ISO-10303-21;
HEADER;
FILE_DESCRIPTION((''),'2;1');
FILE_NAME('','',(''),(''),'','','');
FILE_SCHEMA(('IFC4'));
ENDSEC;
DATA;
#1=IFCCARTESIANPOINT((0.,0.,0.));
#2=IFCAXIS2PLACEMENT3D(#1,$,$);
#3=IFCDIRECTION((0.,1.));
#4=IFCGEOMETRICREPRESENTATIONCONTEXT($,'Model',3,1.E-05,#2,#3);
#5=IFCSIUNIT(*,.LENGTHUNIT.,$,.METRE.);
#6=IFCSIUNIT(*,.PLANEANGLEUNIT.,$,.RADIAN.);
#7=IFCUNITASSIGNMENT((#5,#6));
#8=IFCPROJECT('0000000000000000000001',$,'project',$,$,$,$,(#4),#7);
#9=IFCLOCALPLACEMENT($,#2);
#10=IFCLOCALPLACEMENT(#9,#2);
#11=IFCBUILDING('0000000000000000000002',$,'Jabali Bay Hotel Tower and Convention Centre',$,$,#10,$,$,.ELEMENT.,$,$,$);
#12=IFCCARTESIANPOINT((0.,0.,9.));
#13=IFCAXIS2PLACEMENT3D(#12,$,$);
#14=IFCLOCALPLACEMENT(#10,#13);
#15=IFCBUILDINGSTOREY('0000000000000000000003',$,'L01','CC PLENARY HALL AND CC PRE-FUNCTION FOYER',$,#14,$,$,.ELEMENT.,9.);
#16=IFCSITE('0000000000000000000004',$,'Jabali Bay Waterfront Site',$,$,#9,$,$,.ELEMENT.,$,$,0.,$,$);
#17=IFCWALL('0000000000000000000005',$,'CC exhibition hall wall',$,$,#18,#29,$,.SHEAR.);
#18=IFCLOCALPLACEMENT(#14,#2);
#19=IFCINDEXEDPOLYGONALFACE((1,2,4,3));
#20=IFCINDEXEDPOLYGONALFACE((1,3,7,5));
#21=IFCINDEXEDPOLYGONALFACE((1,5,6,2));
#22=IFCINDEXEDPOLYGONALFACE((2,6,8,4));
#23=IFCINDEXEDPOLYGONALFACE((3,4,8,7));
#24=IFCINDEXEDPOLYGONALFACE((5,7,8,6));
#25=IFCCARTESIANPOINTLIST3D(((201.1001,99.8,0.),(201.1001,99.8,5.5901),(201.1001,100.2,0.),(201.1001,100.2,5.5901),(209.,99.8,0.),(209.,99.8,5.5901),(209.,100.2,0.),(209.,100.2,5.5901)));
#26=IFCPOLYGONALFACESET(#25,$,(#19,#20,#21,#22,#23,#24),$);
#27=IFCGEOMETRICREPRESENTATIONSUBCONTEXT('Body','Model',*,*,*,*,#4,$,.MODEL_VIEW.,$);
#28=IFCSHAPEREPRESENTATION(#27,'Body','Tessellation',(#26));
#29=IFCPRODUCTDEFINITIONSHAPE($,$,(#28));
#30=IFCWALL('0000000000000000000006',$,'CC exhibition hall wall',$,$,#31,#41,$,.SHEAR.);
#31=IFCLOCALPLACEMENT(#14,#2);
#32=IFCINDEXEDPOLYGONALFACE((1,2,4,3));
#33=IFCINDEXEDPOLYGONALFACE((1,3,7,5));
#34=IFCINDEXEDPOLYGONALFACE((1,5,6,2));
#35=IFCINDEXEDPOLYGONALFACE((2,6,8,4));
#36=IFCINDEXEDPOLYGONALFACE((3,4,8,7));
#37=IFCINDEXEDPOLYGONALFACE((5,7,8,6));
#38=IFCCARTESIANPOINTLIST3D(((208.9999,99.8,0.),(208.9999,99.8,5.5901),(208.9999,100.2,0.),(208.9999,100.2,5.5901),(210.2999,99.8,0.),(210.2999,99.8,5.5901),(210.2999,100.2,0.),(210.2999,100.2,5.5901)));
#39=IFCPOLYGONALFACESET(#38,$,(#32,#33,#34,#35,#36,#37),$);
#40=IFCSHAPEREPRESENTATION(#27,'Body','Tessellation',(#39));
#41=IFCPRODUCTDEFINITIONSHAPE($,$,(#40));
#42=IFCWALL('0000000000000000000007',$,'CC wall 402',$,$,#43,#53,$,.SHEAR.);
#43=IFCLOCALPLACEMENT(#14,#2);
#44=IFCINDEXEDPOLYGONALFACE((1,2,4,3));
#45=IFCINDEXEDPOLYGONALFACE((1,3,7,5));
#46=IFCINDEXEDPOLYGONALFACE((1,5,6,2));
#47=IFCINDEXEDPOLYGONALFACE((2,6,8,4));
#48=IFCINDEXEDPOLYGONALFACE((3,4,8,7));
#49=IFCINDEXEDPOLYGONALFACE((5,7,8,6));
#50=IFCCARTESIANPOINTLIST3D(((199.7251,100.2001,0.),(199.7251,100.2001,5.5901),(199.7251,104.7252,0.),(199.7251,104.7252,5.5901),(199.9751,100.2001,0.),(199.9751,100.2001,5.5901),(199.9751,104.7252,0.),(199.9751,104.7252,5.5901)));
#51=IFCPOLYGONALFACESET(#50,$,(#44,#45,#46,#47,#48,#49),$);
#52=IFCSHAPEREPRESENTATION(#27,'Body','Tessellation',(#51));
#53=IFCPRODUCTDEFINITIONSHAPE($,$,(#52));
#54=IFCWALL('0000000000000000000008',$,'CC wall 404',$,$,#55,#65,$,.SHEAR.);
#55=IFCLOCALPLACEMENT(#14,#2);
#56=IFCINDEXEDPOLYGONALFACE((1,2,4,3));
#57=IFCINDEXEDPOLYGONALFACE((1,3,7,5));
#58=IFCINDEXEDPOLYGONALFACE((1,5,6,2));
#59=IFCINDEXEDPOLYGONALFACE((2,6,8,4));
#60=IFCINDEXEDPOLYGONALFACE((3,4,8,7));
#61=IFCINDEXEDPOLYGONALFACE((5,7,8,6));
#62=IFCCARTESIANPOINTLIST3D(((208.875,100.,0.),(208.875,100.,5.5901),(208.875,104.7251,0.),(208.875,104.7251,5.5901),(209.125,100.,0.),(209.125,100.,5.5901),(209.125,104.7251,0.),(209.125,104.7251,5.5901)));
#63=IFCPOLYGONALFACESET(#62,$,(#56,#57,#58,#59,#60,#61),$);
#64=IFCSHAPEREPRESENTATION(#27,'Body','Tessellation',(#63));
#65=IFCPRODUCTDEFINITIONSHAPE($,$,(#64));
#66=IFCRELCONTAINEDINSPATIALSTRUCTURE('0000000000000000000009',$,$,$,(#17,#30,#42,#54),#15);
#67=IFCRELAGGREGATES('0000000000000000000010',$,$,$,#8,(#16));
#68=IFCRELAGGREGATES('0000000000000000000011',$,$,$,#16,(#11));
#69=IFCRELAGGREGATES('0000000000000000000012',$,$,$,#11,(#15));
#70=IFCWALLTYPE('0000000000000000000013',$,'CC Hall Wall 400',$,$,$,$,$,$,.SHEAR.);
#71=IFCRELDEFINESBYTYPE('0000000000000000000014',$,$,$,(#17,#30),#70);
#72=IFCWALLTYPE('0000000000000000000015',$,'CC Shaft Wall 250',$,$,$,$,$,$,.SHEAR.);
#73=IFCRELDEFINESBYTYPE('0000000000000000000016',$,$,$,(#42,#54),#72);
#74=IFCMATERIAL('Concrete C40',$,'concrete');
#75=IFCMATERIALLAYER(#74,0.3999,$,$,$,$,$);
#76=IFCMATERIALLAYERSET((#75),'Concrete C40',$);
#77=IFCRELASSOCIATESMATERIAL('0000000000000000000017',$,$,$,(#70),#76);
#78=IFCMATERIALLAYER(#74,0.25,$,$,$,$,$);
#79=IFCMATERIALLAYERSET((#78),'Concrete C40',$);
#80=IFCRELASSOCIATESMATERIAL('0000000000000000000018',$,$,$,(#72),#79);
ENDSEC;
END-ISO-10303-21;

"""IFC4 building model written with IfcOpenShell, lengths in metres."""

from ifc_helpers import new_model, si_unit, direction, frame, frame_2d, origin, place, context, subcontext, project, spatial, rectangle, extrude, material, layer, layer_set, type_object, element, save


model = new_model("IFC4")

# Units and contexts
model_context = context("Model", 3, precision=1e-05, world=origin(), true_north=direction((0.0, 1.0)))
body_context = subcontext(model_context, "Body", "Model", "MODEL_VIEW")
ifc_project = project(units=[si_unit("LENGTHUNIT", "METRE"), si_unit("PLANEANGLEUNIT", "RADIAN")], contexts=[model_context])

# Site, building, storey
site_placement = place(None, origin())
site = spatial("IfcSite", under=ifc_project, at=site_placement, Name="Jabali Bay Waterfront Site", CompositionType="ELEMENT", RefElevation=0.0)
building_placement = place(site_placement, origin())
building = spatial("IfcBuilding", under=site, at=building_placement, Name="Jabali Bay Hotel Tower and Convention Centre", CompositionType="ELEMENT")
storey_placement = place(building_placement, frame((0.0, 0.0, 9.0)))
storey = spatial("IfcBuildingStorey", under=building, at=storey_placement, Name="L01", Description="CC PLENARY HALL AND CC PRE-FUNCTION FOYER", CompositionType="ELEMENT", Elevation=9.0)

# Walls
ifc_material_1 = material(Name="Concrete C40", Category="concrete")
ifc_layer_1 = layer(ifc_material_1, 0.3999)
ifc_layer_set_1 = layer_set([ifc_layer_1], Name="Concrete C40")
wall_type_1 = type_object("IfcWallType", Name="CC Hall Wall 400", PredefinedType="SHEAR", material=ifc_layer_set_1)
wall_1_placement = place(storey_placement, frame((201.1001, 100.0, 0.0), z_axis=(0.0, 0.0, 1.0), x_axis=(1.0, 0.0, 0.0)))
element("IfcWall", 1, at=wall_1_placement, inside=storey, type_object=wall_type_1, Name="CC exhibition hall wall", PredefinedType="SHEAR", context=body_context, shape_type="SweptSolid", body=[
    extrude(rectangle(XDim=7.8999, YDim=0.3999, at=frame_2d((3.95, 0.0))), origin(), (0.0, 0.0, 1.0), 5.5901),
])
wall_2_placement = place(storey_placement, frame((209.0, 100.0, 0.0), z_axis=(0.0, 0.0, 1.0), x_axis=(1.0, 0.0, 0.0)))
element("IfcWall", 2, at=wall_2_placement, inside=storey, type_object=wall_type_1, Name="CC exhibition hall wall", PredefinedType="SHEAR", context=body_context, shape_type="SweptSolid", body=[
    extrude(rectangle(XDim=1.3, YDim=0.3999, at=frame_2d((0.6499, 0.0))), origin(), (0.0, 0.0, 1.0), 5.5901),
])
ifc_layer_2 = layer(ifc_material_1, 0.25)
ifc_layer_set_2 = layer_set([ifc_layer_2], Name="Concrete C40")
wall_type_2 = type_object("IfcWallType", Name="CC Shaft Wall 250", PredefinedType="SHEAR", material=ifc_layer_set_2)
wall_3_placement = place(storey_placement, frame((199.8501, 100.2, 0.0), z_axis=(0.0, 0.0, 1.0), x_axis=(0.0, 1.0, 0.0)))
element("IfcWall", 3, at=wall_3_placement, inside=storey, type_object=wall_type_2, Name="CC wall 402", PredefinedType="SHEAR", context=body_context, shape_type="SweptSolid", body=[
    extrude(rectangle(XDim=4.5251, YDim=0.25, at=frame_2d((2.2627, 0.0))), origin(), (0.0, 0.0, 1.0), 5.5901),
])
wall_4_placement = place(storey_placement, frame((209.0, 100.0, 0.0), z_axis=(0.0, 0.0, 1.0), x_axis=(0.0, 1.0, 0.0)))
element("IfcWall", 4, at=wall_4_placement, inside=storey, type_object=wall_type_2, Name="CC wall 404", PredefinedType="SHEAR", context=body_context, shape_type="SweptSolid", body=[
    extrude(rectangle(XDim=4.7251, YDim=0.25, at=frame_2d((2.3625, 0.0))), origin(), (0.0, 0.0, 1.0), 5.5901),
])

save(model, "model.ifc")
